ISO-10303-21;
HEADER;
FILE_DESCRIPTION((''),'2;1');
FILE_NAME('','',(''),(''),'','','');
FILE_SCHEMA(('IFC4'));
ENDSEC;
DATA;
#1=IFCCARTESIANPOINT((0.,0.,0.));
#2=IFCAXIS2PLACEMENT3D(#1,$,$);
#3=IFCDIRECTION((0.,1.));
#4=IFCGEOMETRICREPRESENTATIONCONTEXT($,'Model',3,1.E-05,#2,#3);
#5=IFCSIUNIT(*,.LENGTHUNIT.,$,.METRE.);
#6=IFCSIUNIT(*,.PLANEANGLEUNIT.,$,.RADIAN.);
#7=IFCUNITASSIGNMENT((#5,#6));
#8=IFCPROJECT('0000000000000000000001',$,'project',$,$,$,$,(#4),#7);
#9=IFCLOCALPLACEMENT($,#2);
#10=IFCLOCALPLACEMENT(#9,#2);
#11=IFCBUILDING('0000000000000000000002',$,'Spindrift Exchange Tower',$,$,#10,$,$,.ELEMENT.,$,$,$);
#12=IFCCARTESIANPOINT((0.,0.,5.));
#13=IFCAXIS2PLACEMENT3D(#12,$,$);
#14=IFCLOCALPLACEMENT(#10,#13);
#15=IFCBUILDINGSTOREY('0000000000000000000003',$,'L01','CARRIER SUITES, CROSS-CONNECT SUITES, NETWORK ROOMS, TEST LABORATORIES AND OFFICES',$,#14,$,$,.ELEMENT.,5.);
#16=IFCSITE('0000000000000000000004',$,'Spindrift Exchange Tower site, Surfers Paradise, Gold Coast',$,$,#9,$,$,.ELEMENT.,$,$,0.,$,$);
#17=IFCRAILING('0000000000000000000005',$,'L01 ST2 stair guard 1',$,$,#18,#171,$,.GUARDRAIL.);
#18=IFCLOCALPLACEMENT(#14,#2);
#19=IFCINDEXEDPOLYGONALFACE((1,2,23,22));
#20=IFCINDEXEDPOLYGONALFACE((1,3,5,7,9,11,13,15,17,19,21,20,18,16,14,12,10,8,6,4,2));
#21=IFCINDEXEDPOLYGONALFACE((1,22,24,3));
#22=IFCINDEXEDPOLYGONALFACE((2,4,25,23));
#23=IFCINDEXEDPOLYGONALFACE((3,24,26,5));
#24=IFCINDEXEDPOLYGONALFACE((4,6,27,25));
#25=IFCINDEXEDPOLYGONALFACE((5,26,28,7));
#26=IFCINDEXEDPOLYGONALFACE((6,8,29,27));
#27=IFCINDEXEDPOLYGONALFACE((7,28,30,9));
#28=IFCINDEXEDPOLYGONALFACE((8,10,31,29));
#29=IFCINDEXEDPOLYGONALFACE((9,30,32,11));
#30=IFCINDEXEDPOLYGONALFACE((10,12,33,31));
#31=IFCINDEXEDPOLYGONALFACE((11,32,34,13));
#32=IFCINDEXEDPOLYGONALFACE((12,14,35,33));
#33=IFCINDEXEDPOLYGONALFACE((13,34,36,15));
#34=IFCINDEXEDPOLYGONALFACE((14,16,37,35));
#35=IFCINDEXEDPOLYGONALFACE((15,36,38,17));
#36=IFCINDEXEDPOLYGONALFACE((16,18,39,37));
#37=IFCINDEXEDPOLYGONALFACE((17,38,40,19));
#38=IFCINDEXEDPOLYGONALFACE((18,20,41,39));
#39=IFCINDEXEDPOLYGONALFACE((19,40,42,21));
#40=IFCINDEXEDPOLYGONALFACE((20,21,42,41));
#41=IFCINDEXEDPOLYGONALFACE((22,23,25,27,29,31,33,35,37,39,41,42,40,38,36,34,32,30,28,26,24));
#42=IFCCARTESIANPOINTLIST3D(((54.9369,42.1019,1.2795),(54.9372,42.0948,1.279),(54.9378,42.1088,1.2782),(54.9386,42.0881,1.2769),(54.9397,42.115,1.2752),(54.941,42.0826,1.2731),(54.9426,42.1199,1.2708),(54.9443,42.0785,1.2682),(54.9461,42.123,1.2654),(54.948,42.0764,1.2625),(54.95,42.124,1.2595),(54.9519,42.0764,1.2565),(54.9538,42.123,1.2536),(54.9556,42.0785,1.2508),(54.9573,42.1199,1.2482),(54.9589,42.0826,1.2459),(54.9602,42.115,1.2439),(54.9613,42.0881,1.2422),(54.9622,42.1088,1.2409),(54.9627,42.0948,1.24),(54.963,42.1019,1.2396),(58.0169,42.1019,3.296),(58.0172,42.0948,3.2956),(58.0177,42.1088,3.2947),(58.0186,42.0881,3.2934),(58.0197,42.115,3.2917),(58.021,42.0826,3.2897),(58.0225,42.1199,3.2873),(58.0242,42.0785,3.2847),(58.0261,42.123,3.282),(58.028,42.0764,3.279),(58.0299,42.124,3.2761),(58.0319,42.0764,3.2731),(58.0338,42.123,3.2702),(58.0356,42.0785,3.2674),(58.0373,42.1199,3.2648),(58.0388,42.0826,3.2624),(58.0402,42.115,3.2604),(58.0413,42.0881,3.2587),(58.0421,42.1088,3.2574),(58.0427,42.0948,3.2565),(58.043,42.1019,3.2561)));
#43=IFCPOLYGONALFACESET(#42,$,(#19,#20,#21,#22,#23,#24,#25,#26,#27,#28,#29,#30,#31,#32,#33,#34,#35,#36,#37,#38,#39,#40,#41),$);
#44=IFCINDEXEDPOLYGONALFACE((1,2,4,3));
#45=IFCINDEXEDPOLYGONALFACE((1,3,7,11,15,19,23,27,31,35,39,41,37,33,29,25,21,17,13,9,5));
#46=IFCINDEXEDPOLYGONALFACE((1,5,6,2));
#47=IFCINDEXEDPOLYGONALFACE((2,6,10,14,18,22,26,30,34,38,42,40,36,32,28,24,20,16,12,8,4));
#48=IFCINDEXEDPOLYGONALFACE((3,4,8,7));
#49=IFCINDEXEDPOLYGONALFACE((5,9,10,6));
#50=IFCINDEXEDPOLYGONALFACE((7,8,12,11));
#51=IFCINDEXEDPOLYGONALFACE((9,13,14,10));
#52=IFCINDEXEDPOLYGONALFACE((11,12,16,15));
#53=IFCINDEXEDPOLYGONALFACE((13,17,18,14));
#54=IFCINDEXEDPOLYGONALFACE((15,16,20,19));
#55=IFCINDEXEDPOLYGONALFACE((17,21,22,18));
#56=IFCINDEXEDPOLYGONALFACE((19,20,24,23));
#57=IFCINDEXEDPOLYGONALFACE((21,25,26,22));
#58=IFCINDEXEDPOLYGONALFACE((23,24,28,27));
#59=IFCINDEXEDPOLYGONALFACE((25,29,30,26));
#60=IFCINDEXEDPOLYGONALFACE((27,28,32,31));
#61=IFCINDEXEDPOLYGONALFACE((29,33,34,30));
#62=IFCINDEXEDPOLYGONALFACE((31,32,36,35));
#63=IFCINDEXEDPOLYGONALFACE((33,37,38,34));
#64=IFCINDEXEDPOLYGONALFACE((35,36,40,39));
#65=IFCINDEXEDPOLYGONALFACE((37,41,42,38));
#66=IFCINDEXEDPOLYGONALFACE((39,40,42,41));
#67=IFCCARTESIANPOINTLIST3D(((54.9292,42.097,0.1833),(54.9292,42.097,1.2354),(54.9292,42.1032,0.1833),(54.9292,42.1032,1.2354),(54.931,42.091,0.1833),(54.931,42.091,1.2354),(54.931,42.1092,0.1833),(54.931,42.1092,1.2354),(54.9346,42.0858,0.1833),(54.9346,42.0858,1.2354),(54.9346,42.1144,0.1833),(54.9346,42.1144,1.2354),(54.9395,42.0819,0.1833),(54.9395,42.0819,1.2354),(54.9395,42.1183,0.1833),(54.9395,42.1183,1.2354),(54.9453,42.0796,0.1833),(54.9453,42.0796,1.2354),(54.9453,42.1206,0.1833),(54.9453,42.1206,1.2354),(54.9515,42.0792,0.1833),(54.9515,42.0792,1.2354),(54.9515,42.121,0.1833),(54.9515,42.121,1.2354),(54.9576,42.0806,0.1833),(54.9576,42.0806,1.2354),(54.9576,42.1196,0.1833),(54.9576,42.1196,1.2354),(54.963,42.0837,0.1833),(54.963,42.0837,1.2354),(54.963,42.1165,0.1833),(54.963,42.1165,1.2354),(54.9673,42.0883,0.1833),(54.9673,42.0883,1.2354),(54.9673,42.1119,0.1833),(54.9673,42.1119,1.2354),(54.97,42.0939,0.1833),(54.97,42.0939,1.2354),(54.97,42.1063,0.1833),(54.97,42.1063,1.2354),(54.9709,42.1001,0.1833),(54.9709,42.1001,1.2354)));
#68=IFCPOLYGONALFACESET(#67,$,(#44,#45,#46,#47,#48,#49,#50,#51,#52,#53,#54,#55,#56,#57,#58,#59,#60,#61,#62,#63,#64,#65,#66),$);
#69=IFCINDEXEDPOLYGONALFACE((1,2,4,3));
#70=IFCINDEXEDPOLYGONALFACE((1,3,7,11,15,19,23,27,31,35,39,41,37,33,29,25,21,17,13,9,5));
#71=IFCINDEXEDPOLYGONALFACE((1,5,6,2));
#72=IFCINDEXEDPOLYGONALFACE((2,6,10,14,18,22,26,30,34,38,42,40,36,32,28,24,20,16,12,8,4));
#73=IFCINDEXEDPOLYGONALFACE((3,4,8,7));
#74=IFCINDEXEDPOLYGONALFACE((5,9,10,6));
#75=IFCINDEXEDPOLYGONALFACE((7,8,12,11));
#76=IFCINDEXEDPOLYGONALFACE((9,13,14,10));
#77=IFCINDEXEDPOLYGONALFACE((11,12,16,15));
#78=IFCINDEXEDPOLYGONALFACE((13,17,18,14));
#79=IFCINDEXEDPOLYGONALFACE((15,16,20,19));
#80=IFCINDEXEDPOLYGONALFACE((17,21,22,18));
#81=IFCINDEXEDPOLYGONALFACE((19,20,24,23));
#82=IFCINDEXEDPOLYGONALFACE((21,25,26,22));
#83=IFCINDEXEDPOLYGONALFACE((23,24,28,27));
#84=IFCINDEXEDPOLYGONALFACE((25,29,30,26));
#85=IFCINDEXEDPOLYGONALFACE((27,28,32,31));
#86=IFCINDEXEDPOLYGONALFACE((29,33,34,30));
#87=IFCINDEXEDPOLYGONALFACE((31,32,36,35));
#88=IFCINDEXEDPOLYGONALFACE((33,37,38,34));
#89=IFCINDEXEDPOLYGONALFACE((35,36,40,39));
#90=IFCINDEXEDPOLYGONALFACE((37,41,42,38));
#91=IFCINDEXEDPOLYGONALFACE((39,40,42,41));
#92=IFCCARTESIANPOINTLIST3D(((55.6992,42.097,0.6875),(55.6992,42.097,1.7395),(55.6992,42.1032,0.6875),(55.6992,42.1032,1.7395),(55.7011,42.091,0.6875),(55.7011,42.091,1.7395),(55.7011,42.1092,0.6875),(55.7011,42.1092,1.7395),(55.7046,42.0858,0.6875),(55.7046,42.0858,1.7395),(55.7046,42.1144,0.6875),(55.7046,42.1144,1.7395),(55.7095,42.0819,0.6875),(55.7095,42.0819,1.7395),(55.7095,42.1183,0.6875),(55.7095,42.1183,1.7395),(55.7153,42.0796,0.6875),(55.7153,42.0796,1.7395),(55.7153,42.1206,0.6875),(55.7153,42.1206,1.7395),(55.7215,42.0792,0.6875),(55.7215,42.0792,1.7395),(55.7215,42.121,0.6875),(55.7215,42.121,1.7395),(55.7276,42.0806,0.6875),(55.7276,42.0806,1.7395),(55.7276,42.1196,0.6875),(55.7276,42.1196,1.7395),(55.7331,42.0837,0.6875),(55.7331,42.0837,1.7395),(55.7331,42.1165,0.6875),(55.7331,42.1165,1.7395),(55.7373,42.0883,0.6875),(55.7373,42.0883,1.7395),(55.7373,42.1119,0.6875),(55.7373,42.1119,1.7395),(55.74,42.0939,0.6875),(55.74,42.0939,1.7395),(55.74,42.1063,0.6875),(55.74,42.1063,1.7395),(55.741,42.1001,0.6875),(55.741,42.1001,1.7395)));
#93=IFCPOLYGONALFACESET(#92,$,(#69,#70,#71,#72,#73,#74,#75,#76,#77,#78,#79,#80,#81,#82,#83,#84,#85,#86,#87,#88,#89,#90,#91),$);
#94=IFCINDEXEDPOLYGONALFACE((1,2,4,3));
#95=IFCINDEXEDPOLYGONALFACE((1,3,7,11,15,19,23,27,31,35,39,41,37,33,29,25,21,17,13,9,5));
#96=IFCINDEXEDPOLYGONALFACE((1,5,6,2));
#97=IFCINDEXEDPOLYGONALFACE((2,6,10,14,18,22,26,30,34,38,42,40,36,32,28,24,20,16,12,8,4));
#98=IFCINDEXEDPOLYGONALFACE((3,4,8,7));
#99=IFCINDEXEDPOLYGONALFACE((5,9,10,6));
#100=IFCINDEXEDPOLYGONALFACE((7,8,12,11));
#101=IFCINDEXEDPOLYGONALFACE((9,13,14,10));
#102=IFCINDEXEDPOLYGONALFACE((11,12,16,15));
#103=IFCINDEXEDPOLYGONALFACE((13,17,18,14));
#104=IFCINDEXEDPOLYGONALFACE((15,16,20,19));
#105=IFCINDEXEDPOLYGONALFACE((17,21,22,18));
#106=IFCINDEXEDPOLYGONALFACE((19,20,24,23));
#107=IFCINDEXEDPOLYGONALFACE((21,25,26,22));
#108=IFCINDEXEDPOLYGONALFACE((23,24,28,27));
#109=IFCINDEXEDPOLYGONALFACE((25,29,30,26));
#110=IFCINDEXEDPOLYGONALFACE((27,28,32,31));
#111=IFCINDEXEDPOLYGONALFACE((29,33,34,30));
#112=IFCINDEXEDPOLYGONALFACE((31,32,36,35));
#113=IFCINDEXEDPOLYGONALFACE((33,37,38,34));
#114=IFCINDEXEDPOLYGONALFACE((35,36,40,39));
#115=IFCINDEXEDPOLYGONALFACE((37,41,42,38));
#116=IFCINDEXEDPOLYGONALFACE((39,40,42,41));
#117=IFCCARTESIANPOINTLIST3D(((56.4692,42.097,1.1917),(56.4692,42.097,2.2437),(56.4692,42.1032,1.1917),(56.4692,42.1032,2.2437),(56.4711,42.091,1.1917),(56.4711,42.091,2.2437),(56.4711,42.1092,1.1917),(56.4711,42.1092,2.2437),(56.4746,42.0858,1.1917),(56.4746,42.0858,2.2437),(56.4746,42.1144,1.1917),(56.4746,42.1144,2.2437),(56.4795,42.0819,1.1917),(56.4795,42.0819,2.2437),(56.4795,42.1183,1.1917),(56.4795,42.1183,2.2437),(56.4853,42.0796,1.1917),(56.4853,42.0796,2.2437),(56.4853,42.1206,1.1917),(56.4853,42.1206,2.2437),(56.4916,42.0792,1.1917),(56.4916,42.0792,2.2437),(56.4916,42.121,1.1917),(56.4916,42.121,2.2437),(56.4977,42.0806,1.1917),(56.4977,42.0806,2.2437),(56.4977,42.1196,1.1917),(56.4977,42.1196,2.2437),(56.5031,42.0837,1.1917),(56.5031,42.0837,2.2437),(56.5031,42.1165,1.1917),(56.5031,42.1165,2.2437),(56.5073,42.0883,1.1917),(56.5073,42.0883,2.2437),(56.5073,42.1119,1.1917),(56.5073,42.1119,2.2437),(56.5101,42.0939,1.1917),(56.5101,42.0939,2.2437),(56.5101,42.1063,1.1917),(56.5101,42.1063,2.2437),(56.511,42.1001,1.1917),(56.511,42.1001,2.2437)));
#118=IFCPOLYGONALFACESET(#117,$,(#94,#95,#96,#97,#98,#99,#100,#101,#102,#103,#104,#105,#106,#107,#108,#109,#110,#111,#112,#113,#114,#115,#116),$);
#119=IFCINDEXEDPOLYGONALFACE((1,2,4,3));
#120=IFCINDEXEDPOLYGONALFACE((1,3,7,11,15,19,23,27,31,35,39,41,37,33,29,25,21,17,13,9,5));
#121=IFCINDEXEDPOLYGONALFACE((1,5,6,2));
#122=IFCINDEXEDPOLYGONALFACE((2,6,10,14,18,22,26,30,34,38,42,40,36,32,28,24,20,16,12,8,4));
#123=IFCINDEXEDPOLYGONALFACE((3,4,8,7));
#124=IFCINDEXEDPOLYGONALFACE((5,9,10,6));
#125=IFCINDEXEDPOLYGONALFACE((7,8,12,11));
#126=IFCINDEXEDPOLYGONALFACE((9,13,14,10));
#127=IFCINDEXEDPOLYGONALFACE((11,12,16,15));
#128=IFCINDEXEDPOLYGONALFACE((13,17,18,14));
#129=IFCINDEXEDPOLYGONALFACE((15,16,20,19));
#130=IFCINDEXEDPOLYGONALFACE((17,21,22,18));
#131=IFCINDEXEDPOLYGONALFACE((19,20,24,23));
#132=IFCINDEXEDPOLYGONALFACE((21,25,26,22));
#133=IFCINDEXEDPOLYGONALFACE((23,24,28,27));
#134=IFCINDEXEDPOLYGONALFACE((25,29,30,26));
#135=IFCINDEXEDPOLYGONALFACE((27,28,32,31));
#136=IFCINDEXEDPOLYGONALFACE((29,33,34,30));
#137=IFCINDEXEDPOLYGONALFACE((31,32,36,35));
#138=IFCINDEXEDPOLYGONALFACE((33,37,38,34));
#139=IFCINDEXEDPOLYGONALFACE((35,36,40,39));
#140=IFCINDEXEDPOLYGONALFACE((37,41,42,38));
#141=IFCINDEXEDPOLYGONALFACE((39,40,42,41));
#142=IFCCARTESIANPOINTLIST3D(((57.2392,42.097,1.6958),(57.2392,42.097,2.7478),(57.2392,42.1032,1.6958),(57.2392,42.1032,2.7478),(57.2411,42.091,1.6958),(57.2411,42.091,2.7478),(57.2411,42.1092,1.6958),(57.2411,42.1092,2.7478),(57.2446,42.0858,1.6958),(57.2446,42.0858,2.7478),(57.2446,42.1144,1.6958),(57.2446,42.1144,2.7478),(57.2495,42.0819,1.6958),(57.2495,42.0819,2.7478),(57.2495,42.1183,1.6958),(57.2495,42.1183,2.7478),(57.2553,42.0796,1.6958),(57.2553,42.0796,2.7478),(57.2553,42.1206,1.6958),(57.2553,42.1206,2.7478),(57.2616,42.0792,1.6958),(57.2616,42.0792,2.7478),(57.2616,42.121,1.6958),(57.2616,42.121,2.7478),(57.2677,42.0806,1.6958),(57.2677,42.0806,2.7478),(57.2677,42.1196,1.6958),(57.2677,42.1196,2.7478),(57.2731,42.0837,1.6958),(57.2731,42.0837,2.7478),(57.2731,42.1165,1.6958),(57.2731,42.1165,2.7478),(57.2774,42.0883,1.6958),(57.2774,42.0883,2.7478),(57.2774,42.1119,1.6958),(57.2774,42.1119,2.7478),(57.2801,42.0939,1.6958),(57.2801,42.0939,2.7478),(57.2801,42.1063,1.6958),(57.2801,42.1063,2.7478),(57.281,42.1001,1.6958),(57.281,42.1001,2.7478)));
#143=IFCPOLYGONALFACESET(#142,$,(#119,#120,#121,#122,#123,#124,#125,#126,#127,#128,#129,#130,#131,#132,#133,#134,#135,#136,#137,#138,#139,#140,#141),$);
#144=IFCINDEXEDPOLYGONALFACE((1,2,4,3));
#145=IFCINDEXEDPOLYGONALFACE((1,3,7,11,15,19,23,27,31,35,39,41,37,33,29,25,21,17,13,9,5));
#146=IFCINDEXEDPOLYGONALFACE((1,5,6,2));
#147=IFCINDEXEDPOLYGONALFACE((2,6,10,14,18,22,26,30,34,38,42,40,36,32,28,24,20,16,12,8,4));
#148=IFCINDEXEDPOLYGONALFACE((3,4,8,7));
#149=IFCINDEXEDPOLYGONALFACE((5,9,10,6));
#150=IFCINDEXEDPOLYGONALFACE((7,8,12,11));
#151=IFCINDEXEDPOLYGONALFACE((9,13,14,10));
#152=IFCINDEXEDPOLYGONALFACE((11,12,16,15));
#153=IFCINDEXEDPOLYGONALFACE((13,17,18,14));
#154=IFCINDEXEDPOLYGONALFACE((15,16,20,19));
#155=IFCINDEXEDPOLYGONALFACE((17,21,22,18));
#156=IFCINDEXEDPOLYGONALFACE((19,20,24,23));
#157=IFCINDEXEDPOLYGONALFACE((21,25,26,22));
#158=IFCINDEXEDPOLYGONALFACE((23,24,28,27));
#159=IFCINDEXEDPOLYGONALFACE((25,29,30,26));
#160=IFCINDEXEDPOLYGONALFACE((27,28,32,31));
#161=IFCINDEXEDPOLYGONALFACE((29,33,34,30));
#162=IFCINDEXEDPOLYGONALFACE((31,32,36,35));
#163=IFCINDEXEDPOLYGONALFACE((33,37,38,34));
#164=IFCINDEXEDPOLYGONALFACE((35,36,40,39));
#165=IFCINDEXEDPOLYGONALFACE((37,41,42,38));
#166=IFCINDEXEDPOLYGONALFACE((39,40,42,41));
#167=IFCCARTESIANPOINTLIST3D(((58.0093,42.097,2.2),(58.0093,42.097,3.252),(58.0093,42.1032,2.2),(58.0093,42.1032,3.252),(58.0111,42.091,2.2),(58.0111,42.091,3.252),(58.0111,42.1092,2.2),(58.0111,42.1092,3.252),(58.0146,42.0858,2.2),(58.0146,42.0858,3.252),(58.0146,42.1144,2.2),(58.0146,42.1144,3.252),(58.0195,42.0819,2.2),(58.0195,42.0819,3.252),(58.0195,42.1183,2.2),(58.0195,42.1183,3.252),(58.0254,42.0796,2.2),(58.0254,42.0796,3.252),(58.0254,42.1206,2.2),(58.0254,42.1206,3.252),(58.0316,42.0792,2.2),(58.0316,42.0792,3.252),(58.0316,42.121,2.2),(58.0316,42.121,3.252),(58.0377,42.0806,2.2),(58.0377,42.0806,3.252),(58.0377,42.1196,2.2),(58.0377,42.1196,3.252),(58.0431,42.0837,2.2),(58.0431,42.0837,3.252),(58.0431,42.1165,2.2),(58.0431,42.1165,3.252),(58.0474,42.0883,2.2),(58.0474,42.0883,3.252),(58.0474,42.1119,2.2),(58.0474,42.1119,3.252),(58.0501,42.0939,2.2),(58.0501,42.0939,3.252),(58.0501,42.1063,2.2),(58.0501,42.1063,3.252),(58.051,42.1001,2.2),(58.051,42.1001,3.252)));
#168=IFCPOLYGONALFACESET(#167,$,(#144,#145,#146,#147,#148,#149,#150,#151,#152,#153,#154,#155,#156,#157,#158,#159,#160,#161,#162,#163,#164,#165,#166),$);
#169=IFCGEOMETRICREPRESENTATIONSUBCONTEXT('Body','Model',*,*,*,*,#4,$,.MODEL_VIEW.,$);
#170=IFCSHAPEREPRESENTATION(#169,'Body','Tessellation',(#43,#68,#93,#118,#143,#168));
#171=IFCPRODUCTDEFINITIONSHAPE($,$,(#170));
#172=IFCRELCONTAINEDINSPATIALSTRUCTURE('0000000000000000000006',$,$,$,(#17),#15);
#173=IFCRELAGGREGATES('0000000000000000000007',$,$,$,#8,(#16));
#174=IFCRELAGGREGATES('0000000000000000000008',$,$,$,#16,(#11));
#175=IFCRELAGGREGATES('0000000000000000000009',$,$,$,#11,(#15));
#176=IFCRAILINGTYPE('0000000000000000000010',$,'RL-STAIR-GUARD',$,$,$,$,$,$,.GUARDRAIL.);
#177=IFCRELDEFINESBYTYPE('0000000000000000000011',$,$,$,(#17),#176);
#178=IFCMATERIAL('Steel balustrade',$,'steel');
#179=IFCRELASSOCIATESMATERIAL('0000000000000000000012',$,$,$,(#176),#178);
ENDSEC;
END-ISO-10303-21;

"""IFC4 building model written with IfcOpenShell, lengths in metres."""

from ifc_helpers import new_model, si_unit, direction, frame, origin, origin_2d, place, context, subcontext, project, spatial, circle, extrude, material, type_object, element, save


model = new_model("IFC4")

# Units and contexts
model_context = context("Model", 3, precision=1e-05, world=origin(), true_north=direction((0.0, 1.0)))
body_context = subcontext(model_context, "Body", "Model", "MODEL_VIEW")
ifc_project = project(units=[si_unit("LENGTHUNIT", "METRE"), si_unit("PLANEANGLEUNIT", "RADIAN")], contexts=[model_context])

# Site, building, storey
site_placement = place(None, origin())
site = spatial("IfcSite", under=ifc_project, at=site_placement, Name="Spindrift Exchange Tower site, Surfers Paradise, Gold Coast", CompositionType="ELEMENT", RefElevation=0.0)
building_placement = place(site_placement, origin())
building = spatial("IfcBuilding", under=site, at=building_placement, Name="Spindrift Exchange Tower", CompositionType="ELEMENT")
storey_placement = place(building_placement, frame((0.0, 0.0, 5.0)))
storey = spatial("IfcBuildingStorey", under=building, at=storey_placement, Name="L01", Description="CARRIER SUITES, CROSS-CONNECT SUITES, NETWORK ROOMS, TEST LABORATORIES AND OFFICES", CompositionType="ELEMENT", Elevation=5.0)

# Railing
ifc_material_1 = material(Name="Steel balustrade", Category="steel")
railing_type_1 = type_object("IfcRailingType", Name="RL-STAIR-GUARD", PredefinedType="GUARDRAIL", material=ifc_material_1)
railing_1_placement = place(storey_placement, frame((54.95, 42.1001, 0.1833)))
element("IfcRailing", 1, at=railing_1_placement, inside=storey, type_object=railing_type_1, Name="L01 ST2 stair guard 1", PredefinedType="GUARDRAIL", context=body_context, shape_type="SweptSolid", body=[
    extrude(circle(Radius=0.0239, at=origin_2d()), frame((0.0, 0.0, 1.0762), z_axis=(0.836633, 0.0, 0.547764), x_axis=(0.0, 1.0, 0.0)), (0.0, 0.0, 1.0), 3.6814),
    extrude(circle(Radius=0.021, at=origin_2d()), origin(), (0.0, 0.0, 1.0), 1.052),
    extrude(circle(Radius=0.021, at=origin_2d()), frame((0.77, 0.0, 0.5042)), (0.0, 0.0, 1.0), 1.052),
    extrude(circle(Radius=0.021, at=origin_2d()), frame((1.54, 0.0, 1.0083)), (0.0, 0.0, 1.0), 1.052),
    extrude(circle(Radius=0.021, at=origin_2d()), frame((2.3101, 0.0, 1.5125)), (0.0, 0.0, 1.0), 1.052),
    extrude(circle(Radius=0.021, at=origin_2d()), frame((3.0801, 0.0, 2.0166)), (0.0, 0.0, 1.0), 1.052),
])

save(model, "model.ifc")
